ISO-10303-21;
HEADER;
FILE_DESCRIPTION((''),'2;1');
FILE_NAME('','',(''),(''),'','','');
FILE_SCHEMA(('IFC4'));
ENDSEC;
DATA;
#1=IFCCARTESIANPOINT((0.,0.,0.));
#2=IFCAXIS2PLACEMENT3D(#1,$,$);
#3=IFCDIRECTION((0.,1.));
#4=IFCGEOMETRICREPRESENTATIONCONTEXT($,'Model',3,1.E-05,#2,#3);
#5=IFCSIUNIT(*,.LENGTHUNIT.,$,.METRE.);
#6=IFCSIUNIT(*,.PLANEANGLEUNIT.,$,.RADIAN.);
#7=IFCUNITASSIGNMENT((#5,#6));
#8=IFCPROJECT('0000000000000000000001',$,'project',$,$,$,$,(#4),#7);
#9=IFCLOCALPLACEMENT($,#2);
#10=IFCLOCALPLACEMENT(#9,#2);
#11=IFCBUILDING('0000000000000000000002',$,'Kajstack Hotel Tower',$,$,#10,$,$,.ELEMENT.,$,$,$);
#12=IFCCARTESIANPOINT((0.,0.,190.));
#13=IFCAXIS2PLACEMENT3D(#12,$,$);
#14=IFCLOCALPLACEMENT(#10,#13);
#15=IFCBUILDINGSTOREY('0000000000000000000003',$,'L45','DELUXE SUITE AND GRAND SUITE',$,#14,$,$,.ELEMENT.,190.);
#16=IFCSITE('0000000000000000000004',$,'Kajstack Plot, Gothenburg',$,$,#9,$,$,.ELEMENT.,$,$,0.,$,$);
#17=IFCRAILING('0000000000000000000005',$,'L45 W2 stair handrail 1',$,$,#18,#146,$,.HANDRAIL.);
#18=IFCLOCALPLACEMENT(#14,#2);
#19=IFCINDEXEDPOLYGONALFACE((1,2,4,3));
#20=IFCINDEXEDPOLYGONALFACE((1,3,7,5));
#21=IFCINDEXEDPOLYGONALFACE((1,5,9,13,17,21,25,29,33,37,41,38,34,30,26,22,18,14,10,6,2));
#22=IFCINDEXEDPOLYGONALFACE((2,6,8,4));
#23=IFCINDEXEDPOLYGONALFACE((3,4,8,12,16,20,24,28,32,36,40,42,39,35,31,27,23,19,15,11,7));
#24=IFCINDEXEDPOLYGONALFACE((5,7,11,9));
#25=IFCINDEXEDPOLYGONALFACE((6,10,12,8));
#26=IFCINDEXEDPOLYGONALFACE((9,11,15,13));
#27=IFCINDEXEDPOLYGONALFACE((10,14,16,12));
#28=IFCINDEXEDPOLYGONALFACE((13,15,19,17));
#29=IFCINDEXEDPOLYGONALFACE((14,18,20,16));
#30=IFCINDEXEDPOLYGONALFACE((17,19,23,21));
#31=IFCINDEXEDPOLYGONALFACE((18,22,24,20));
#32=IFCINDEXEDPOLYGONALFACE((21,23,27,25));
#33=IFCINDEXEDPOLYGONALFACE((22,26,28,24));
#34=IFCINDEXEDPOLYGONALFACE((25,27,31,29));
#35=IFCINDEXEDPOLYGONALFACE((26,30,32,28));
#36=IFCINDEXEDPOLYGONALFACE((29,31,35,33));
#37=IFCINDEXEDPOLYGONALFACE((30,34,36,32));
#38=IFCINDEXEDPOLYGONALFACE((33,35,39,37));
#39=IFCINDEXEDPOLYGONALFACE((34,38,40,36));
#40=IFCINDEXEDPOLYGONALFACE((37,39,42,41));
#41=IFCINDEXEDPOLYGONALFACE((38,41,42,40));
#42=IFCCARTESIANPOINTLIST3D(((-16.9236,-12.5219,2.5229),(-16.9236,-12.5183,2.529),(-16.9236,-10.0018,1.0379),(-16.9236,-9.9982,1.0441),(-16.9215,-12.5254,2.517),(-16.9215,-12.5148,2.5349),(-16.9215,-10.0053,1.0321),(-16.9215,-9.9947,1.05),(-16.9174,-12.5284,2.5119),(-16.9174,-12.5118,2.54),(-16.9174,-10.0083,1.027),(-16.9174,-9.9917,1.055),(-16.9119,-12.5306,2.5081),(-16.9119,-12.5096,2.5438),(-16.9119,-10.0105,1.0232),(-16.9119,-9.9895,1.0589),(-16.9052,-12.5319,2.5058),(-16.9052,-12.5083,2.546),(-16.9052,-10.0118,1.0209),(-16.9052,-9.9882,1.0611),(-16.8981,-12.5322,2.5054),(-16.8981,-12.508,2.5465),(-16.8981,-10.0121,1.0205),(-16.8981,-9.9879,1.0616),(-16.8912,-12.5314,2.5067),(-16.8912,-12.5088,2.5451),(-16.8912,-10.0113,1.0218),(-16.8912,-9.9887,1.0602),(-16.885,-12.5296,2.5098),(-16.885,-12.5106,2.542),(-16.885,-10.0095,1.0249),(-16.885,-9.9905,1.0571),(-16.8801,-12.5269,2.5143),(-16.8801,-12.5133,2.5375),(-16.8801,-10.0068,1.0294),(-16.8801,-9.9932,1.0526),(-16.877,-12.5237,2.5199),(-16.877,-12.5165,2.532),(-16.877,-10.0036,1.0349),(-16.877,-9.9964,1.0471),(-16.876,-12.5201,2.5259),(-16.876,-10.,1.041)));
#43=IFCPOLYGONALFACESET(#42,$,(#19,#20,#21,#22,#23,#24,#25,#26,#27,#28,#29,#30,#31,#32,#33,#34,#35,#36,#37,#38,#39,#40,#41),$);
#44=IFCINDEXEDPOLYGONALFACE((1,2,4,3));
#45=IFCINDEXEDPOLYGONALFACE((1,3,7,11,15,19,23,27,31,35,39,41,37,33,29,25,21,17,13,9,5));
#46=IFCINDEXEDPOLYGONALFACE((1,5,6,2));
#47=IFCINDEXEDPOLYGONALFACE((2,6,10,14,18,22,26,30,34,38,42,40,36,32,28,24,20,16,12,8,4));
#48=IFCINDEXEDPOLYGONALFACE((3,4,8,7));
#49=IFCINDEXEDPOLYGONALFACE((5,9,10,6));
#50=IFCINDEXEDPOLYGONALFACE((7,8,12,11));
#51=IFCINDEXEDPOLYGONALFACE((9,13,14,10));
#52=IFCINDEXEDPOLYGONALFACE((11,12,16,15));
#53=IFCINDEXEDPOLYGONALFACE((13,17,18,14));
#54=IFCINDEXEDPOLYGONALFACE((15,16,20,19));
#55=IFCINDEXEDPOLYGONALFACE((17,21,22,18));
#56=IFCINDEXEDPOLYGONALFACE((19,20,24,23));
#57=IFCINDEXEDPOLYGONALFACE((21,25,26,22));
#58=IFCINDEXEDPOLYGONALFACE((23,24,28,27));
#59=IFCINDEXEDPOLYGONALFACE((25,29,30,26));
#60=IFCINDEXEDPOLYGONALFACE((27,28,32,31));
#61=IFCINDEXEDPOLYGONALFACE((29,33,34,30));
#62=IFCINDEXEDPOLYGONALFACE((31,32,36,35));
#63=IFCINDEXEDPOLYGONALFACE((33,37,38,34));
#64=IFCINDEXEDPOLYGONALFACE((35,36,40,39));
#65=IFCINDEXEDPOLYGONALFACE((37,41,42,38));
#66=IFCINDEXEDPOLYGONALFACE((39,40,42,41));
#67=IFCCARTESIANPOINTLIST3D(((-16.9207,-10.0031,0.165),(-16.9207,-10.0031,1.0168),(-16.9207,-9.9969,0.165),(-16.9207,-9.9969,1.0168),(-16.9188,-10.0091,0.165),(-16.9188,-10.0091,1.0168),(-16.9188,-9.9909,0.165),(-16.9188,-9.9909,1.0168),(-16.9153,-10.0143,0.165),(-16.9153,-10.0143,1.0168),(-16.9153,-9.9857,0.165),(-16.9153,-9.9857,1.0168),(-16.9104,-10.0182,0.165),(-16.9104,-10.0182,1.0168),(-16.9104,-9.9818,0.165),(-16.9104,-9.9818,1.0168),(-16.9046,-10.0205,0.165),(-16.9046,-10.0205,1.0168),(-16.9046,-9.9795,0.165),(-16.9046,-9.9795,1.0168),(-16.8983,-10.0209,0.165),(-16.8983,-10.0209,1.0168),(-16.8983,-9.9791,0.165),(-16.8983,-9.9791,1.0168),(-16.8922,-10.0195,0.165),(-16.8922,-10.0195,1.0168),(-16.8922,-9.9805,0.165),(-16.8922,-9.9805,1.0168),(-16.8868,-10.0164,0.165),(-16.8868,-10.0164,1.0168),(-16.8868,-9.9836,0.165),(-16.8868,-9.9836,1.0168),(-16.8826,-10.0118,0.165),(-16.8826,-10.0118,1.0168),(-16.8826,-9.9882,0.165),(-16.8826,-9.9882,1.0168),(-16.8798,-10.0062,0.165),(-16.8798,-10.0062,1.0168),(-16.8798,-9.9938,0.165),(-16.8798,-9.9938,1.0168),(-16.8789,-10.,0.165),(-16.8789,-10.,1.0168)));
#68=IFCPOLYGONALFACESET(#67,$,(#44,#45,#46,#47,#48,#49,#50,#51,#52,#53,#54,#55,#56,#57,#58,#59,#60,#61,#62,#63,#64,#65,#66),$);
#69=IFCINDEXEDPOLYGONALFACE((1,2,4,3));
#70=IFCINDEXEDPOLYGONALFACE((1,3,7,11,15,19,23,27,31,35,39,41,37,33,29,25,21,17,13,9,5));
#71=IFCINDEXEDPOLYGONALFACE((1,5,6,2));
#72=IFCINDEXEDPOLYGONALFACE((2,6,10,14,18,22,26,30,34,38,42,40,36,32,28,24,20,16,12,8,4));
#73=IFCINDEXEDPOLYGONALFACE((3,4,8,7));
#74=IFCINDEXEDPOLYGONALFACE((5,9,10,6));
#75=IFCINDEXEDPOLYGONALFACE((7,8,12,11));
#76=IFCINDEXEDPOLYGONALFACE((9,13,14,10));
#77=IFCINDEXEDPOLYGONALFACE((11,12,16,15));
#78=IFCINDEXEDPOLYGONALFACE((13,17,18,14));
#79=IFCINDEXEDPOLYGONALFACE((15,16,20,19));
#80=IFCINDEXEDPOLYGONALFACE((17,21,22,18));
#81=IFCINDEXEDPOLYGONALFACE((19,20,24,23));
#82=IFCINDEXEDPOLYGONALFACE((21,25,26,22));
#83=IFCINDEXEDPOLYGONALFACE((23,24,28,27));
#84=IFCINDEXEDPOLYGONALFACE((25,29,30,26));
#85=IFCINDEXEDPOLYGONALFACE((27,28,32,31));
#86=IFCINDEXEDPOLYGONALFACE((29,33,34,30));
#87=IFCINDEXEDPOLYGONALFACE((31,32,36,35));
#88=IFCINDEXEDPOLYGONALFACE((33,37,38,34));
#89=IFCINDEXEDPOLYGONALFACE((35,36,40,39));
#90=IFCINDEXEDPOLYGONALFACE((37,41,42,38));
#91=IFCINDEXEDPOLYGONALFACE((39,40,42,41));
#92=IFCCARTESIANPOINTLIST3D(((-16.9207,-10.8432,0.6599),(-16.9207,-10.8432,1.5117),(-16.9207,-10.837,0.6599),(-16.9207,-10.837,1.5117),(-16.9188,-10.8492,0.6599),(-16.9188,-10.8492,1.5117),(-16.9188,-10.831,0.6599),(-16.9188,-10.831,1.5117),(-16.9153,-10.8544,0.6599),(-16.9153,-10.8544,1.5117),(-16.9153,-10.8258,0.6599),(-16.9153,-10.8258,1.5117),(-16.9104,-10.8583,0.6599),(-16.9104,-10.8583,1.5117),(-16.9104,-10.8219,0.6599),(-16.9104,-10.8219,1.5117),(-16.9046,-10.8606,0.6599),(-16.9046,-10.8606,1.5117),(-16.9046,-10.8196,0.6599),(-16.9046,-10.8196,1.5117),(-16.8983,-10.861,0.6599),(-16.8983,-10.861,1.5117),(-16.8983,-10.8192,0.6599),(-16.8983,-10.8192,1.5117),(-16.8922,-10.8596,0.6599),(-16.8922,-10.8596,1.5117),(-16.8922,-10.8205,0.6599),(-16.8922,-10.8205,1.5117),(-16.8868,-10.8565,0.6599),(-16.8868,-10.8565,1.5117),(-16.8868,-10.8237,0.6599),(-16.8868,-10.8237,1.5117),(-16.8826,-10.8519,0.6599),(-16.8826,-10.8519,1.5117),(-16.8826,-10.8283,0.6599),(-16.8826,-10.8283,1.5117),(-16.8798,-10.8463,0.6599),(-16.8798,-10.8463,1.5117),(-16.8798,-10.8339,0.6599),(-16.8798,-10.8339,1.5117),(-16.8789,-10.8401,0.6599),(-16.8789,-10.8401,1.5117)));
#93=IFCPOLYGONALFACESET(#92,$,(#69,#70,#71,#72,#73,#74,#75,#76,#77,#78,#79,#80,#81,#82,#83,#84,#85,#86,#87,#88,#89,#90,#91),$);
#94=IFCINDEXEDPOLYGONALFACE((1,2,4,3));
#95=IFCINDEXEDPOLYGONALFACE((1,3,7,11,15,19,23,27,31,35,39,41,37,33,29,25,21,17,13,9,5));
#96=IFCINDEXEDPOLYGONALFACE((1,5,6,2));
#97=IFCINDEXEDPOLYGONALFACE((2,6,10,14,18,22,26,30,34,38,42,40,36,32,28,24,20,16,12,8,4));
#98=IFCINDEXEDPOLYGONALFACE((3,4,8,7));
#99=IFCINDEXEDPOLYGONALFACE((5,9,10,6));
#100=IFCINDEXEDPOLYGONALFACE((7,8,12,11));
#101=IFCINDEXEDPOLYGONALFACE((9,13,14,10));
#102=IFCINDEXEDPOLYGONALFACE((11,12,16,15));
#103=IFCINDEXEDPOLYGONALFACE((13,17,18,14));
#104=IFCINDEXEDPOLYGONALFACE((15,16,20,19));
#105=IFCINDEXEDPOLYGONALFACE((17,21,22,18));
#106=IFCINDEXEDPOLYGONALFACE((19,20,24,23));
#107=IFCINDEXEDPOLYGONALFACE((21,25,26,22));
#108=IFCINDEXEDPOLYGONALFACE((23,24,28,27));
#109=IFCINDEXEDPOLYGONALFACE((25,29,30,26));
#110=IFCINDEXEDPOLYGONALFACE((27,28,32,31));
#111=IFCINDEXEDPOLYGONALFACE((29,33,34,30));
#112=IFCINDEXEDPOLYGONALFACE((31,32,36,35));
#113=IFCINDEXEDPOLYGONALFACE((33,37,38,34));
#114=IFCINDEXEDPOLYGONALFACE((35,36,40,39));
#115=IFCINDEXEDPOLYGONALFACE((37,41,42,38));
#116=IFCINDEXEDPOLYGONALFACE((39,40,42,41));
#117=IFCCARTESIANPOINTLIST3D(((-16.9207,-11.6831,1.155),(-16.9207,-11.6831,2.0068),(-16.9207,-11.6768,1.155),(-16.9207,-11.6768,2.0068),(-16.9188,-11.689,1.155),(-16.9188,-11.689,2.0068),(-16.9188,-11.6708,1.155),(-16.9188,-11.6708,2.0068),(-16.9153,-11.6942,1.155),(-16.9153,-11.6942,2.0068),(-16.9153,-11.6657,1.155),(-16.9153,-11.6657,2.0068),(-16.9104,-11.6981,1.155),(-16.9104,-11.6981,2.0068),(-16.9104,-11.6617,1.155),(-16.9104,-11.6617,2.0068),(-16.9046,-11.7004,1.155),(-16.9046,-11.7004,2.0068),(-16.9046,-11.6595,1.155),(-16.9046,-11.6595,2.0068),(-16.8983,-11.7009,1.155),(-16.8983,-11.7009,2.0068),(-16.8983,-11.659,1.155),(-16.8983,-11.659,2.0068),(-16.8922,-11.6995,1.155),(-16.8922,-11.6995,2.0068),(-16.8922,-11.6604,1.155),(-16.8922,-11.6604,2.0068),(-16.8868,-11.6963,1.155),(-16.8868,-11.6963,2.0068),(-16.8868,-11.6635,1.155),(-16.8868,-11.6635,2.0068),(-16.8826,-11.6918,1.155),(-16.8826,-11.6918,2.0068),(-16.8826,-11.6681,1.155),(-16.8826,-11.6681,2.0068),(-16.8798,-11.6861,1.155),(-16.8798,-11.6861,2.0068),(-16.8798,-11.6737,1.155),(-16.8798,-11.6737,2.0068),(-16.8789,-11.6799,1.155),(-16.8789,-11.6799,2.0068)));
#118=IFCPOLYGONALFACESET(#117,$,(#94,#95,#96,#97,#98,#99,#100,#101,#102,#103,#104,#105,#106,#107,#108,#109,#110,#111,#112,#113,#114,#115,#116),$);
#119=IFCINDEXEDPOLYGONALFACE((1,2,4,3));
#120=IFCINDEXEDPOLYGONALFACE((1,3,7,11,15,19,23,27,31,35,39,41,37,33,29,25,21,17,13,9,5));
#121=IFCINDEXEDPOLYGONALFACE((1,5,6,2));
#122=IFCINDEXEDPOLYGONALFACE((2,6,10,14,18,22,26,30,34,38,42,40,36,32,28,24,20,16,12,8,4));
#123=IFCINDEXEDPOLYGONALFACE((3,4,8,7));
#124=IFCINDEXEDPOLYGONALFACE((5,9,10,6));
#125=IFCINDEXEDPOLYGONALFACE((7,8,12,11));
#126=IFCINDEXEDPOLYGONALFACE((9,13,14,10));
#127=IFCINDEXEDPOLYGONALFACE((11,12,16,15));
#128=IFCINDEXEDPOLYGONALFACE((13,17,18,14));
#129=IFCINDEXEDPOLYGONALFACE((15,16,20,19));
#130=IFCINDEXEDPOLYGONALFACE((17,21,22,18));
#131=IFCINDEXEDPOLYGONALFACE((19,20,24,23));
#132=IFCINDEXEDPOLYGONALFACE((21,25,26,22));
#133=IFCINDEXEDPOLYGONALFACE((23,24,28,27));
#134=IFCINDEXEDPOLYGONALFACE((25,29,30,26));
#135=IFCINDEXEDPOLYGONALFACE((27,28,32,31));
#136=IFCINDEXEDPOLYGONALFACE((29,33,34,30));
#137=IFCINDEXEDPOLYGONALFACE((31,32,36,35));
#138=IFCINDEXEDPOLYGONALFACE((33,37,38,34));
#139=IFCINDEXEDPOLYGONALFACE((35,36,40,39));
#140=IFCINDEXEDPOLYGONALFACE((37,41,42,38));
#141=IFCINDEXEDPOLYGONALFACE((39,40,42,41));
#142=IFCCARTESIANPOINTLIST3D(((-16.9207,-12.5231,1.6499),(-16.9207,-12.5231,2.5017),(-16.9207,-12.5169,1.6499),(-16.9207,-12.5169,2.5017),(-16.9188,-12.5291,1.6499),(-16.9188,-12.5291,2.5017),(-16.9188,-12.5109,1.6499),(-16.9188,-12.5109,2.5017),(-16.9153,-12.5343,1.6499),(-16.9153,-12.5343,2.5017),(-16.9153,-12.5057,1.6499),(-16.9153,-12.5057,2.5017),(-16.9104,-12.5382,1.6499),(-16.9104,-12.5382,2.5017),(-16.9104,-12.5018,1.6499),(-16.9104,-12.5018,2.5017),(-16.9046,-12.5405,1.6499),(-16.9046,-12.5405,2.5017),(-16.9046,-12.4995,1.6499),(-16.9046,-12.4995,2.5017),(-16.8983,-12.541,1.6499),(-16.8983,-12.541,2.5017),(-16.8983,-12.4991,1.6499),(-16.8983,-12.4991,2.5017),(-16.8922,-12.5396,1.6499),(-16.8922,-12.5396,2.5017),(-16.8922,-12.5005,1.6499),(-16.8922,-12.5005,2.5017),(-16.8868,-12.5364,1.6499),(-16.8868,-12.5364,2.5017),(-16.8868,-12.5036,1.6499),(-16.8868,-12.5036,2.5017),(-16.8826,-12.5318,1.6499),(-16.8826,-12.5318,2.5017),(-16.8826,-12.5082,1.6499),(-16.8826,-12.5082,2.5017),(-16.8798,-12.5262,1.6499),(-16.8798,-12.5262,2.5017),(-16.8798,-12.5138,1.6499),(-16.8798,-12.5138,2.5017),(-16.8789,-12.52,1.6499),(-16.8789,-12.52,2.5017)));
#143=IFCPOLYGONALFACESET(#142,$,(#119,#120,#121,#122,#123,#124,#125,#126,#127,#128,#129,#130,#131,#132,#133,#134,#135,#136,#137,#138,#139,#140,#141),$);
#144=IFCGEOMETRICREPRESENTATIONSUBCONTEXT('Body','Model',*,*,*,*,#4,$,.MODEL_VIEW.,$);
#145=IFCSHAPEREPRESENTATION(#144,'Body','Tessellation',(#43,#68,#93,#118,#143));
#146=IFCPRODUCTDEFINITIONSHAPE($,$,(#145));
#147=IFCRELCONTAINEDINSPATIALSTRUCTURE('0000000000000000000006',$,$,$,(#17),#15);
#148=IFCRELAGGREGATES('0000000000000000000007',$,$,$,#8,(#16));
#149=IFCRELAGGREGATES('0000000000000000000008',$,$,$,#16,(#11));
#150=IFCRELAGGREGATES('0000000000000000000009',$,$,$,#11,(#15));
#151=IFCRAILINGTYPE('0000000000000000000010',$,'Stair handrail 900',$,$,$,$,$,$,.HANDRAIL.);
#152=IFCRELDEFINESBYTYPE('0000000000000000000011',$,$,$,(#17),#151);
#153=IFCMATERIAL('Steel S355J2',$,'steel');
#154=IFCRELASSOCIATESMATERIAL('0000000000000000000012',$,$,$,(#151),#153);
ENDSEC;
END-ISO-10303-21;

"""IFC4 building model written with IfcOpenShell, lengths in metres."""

from ifc_helpers import new_model, si_unit, direction, frame, origin, origin_2d, place, context, subcontext, project, spatial, circle, extrude, material, type_object, element, save


model = new_model("IFC4")

# Units and contexts
model_context = context("Model", 3, precision=1e-05, world=origin(), true_north=direction((0.0, 1.0)))
body_context = subcontext(model_context, "Body", "Model", "MODEL_VIEW")
ifc_project = project(units=[si_unit("LENGTHUNIT", "METRE"), si_unit("PLANEANGLEUNIT", "RADIAN")], contexts=[model_context])

# Site, building, storey
site_placement = place(None, origin())
site = spatial("IfcSite", under=ifc_project, at=site_placement, Name="Kajstack Plot, Gothenburg", CompositionType="ELEMENT", RefElevation=0.0)
building_placement = place(site_placement, origin())
building = spatial("IfcBuilding", under=site, at=building_placement, Name="Kajstack Hotel Tower", CompositionType="ELEMENT")
storey_placement = place(building_placement, frame((0.0, 0.0, 190.0)))
storey = spatial("IfcBuildingStorey", under=building, at=storey_placement, Name="L45", Description="DELUXE SUITE AND GRAND SUITE", CompositionType="ELEMENT", Elevation=190.0)

# Railing
ifc_material_1 = material(Name="Steel S355J2", Category="steel")
railing_type_1 = type_object("IfcRailingType", Name="Stair handrail 900", PredefinedType="HANDRAIL", material=ifc_material_1)
railing_1_placement = place(storey_placement, frame((-16.8999, -10.0, 0.165)))
element("IfcRailing", 1, at=railing_1_placement, inside=storey, type_object=railing_type_1, Name="L45 W2 stair handrail 1", PredefinedType="HANDRAIL", context=body_context, shape_type="SweptSolid", body=[
    extrude(circle(Radius=0.0239, at=origin_2d()), frame((0.0, 0.0, 0.876), z_axis=(0.0, -0.861561, 0.507655), x_axis=(1.0, 0.0, 0.0)), (0.0, 0.0, 1.0), 2.925),
    extrude(circle(Radius=0.021, at=origin_2d()), origin(), (0.0, 0.0, 1.0), 0.8518),
    extrude(circle(Radius=0.021, at=origin_2d()), frame((0.0, -0.8401, 0.4949)), (0.0, 0.0, 1.0), 0.8518),
    extrude(circle(Radius=0.021, at=origin_2d()), frame((0.0, -1.6799, 0.99)), (0.0, 0.0, 1.0), 0.8518),
    extrude(circle(Radius=0.021, at=origin_2d()), frame((0.0, -2.52, 1.4849)), (0.0, 0.0, 1.0), 0.8518),
])

save(model, "model.ifc")
